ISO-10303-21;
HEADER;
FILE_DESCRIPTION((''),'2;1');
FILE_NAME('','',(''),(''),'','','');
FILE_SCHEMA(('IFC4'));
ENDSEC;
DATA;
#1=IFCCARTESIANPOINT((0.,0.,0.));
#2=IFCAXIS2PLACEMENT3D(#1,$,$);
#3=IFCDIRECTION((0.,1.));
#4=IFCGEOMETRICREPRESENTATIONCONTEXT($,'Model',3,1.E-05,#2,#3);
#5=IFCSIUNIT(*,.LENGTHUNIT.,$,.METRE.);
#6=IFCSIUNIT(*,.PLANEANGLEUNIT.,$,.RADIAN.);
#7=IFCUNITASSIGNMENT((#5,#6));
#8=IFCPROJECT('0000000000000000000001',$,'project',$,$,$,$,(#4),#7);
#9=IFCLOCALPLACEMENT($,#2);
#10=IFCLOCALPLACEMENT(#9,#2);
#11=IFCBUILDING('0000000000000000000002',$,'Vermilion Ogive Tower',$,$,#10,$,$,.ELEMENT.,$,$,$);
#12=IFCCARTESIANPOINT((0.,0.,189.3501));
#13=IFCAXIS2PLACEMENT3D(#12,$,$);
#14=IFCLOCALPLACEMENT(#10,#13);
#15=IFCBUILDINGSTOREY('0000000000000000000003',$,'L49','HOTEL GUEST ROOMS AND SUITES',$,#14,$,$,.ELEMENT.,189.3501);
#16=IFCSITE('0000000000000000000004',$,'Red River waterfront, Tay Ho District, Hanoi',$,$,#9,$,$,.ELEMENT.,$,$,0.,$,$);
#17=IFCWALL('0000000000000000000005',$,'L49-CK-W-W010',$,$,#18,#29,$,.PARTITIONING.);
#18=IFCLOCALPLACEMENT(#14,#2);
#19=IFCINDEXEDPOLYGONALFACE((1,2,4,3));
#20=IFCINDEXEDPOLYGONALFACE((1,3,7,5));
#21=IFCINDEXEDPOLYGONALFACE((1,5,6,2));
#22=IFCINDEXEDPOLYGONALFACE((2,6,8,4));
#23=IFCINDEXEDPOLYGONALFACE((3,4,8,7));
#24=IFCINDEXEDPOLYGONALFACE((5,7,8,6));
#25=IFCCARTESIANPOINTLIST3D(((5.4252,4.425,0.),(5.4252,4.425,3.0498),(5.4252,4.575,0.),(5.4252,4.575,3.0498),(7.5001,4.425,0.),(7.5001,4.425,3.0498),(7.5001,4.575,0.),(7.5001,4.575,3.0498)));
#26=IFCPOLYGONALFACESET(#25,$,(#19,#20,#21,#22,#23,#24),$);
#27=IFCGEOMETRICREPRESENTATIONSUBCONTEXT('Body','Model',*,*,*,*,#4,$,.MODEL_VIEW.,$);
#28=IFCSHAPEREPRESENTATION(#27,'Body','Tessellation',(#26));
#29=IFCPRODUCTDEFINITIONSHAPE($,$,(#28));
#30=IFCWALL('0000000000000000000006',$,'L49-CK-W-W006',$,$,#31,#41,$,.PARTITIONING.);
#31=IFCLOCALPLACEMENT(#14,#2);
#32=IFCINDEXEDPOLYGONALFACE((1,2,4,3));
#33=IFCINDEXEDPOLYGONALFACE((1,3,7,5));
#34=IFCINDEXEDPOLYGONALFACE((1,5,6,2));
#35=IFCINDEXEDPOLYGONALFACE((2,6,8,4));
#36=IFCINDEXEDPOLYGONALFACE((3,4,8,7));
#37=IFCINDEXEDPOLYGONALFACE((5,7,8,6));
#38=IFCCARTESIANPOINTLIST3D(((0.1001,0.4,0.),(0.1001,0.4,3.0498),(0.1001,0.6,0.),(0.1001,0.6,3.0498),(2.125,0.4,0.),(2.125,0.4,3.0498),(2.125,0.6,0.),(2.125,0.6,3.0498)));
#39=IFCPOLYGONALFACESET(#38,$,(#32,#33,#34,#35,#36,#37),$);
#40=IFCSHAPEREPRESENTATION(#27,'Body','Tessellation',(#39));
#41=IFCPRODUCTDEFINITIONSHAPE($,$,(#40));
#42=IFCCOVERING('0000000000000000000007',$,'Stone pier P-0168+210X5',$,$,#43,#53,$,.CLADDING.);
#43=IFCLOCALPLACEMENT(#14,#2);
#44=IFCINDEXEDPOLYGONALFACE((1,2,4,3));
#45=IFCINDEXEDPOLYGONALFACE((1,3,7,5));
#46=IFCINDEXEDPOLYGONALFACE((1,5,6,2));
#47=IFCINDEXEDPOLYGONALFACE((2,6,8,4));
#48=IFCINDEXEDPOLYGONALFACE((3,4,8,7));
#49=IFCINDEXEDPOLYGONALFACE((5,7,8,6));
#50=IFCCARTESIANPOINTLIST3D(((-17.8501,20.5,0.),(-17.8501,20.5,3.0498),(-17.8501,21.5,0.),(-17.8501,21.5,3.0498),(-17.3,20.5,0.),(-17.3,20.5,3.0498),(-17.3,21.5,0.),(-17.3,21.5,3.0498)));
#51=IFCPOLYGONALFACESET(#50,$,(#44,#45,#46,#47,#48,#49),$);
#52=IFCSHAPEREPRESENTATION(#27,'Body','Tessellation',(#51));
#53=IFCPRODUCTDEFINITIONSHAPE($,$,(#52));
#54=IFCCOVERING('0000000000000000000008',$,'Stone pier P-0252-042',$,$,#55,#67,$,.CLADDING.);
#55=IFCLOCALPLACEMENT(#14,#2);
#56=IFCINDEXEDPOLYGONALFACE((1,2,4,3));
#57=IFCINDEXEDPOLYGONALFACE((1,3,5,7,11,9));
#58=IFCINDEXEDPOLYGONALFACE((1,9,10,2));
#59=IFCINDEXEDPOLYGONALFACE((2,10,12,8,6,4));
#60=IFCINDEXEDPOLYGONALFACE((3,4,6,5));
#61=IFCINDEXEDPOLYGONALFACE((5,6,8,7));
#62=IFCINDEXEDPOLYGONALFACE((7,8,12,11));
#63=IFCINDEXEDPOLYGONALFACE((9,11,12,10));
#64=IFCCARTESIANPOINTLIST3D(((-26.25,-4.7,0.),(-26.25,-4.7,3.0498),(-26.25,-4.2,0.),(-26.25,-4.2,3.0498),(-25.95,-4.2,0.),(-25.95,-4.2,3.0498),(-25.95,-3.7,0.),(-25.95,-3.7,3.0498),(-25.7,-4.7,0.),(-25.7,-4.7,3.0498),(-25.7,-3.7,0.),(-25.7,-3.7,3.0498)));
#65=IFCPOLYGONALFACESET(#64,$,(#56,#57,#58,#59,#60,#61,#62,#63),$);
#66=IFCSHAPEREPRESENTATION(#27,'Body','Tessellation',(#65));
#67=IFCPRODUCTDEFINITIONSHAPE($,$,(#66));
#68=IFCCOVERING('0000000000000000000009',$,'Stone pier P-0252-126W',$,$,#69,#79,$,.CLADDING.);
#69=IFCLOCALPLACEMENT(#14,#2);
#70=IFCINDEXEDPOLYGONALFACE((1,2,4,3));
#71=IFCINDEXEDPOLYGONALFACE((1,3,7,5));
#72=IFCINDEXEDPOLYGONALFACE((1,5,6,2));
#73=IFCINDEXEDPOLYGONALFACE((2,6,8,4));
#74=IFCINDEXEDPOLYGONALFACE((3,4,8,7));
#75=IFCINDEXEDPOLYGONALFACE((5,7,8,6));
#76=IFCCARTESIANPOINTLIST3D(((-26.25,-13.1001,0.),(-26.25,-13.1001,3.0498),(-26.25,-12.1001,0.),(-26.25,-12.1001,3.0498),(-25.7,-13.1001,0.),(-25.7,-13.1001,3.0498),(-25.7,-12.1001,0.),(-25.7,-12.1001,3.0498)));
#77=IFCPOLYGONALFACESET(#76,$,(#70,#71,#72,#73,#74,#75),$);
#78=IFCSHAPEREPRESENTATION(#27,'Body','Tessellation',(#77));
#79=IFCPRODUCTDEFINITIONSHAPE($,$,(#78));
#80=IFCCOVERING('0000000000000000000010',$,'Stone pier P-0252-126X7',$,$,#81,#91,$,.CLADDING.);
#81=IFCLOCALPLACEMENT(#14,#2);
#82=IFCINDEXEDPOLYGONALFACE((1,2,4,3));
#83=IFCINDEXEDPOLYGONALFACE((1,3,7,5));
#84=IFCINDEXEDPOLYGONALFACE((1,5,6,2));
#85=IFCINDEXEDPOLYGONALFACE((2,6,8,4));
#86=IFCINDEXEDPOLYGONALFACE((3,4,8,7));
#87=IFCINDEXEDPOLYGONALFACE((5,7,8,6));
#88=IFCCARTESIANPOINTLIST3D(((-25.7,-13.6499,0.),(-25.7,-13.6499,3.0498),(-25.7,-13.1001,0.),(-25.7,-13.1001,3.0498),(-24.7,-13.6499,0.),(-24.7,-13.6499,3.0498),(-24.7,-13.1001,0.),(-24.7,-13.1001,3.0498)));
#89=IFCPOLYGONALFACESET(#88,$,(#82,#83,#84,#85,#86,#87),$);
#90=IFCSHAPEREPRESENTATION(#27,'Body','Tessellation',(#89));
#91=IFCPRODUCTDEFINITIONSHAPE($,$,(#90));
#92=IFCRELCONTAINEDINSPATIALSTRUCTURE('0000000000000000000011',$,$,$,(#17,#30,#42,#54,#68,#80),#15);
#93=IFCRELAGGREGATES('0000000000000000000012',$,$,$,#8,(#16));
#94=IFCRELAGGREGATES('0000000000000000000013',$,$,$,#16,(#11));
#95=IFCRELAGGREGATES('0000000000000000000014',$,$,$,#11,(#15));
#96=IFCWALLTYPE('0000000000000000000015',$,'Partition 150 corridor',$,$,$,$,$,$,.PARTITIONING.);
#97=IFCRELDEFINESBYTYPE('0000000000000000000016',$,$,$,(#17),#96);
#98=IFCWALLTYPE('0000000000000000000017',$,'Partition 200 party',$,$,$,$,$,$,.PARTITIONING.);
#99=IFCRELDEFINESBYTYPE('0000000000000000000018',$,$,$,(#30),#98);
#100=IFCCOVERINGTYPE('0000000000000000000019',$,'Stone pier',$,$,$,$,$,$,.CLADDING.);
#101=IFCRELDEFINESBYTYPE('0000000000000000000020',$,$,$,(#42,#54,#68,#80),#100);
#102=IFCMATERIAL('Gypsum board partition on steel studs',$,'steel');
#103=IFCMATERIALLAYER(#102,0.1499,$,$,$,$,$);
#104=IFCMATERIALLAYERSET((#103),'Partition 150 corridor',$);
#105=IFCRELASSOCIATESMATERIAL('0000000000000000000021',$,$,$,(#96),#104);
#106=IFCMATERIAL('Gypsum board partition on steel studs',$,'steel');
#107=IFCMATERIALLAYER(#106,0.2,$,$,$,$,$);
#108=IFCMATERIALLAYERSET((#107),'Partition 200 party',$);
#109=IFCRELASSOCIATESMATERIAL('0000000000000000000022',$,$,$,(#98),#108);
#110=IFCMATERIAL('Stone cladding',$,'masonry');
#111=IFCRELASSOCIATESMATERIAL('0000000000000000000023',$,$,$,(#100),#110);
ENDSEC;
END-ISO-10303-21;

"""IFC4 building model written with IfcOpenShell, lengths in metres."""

from ifc_helpers import new_model, si_unit, direction, frame, frame_2d, origin, place, context, subcontext, project, spatial, polyline, rectangle, outline, extrude, material, layer, layer_set, type_object, element, save


model = new_model("IFC4")

# Units and contexts
model_context = context("Model", 3, precision=1e-05, world=origin(), true_north=direction((0.0, 1.0)))
body_context = subcontext(model_context, "Body", "Model", "MODEL_VIEW")
ifc_project = project(units=[si_unit("LENGTHUNIT", "METRE"), si_unit("PLANEANGLEUNIT", "RADIAN")], contexts=[model_context])

# Site, building, storey
site_placement = place(None, origin())
site = spatial("IfcSite", under=ifc_project, at=site_placement, Name="Red River waterfront, Tay Ho District, Hanoi", CompositionType="ELEMENT", RefElevation=0.0)
building_placement = place(site_placement, origin())
building = spatial("IfcBuilding", under=site, at=building_placement, Name="Vermilion Ogive Tower", CompositionType="ELEMENT")
storey_placement = place(building_placement, frame((0.0, 0.0, 189.3501)))
storey = spatial("IfcBuildingStorey", under=building, at=storey_placement, Name="L49", Description="HOTEL GUEST ROOMS AND SUITES", CompositionType="ELEMENT", Elevation=189.3501)

# Walls
ifc_material_1 = material(Name="Gypsum board partition on steel studs", Category="steel")
ifc_layer_1 = layer(ifc_material_1, 0.1499)
ifc_layer_set_1 = layer_set([ifc_layer_1], Name="Partition 150 corridor")
wall_type_1 = type_object("IfcWallType", Name="Partition 150 corridor", PredefinedType="PARTITIONING", material=ifc_layer_set_1)
wall_1_placement = place(storey_placement, frame((5.425, 4.5, 0.0), z_axis=(0.0, 0.0, 1.0), x_axis=(1.0, 0.0, 0.0)))
element("IfcWall", 1, at=wall_1_placement, inside=storey, type_object=wall_type_1, Name="L49-CK-W-W010", PredefinedType="PARTITIONING", context=body_context, shape_type="SweptSolid", body=[
    extrude(rectangle(XDim=2.075, YDim=0.1499, at=frame_2d((1.0376, 0.0))), origin(), (0.0, 0.0, 1.0), 3.0498),
])
ifc_material_2 = material(Name="Gypsum board partition on steel studs", Category="steel")
ifc_layer_2 = layer(ifc_material_2, 0.2)
ifc_layer_set_2 = layer_set([ifc_layer_2], Name="Partition 200 party")
wall_type_2 = type_object("IfcWallType", Name="Partition 200 party", PredefinedType="PARTITIONING", material=ifc_layer_set_2)
wall_2_placement = place(storey_placement, frame((0.1001, 0.5, 0.0), z_axis=(0.0, 0.0, 1.0), x_axis=(1.0, 0.0, 0.0)))
element("IfcWall", 2, at=wall_2_placement, inside=storey, type_object=wall_type_2, Name="L49-CK-W-W006", PredefinedType="PARTITIONING", context=body_context, shape_type="SweptSolid", body=[
    extrude(rectangle(XDim=2.0249, YDim=0.2, at=frame_2d((1.0125, 0.0))), origin(), (0.0, 0.0, 1.0), 3.0498),
])

# Coverings
ifc_material_3 = material(Name="Stone cladding", Category="masonry")
covering_type = type_object("IfcCoveringType", Name="Stone pier", PredefinedType="CLADDING", material=ifc_material_3)
covering_1_placement = place(storey_placement, origin())
element("IfcCovering", 3, at=covering_1_placement, inside=storey, type_object=covering_type, Name="Stone pier P-0168+210X5", PredefinedType="CLADDING", context=body_context, shape_type="SweptSolid", body=[
    extrude(outline(polyline([(-17.8501, 21.5), (-17.3, 21.5), (-17.3, 21.5), (-17.3, 20.5), (-17.8501, 20.5), (-17.8501, 21.5)])), origin(), (0.0, 0.0, 1.0), 3.0498),
])
covering_2_placement = place(storey_placement, origin())
element("IfcCovering", 4, at=covering_2_placement, inside=storey, type_object=covering_type, Name="Stone pier P-0252-042", PredefinedType="CLADDING", context=body_context, shape_type="SweptSolid", body=[
    extrude(outline(polyline([(-25.7, -4.7), (-26.25, -4.7), (-26.25, -4.2), (-25.95, -4.2), (-25.95, -3.7), (-25.7, -3.7), (-25.7, -4.7), (-25.7, -4.7)])), origin(), (0.0, 0.0, 1.0), 3.0498),
])
covering_3_placement = place(storey_placement, origin())
element("IfcCovering", 5, at=covering_3_placement, inside=storey, type_object=covering_type, Name="Stone pier P-0252-126W", PredefinedType="CLADDING", context=body_context, shape_type="SweptSolid", body=[
    extrude(outline(polyline([(-26.25, -13.1001), (-26.25, -12.1001), (-25.7, -12.1001), (-25.7, -13.1001), (-26.25, -13.1001)])), origin(), (0.0, 0.0, 1.0), 3.0498),
])
covering_4_placement = place(storey_placement, origin())
element("IfcCovering", 6, at=covering_4_placement, inside=storey, type_object=covering_type, Name="Stone pier P-0252-126X7", PredefinedType="CLADDING", context=body_context, shape_type="SweptSolid", body=[
    extrude(outline(polyline([(-25.7, -13.6499), (-25.7, -13.1001), (-24.7, -13.1001), (-24.7, -13.6499), (-25.7, -13.6499)])), origin(), (0.0, 0.0, 1.0), 3.0498),
])

save(model, "model.ifc")
